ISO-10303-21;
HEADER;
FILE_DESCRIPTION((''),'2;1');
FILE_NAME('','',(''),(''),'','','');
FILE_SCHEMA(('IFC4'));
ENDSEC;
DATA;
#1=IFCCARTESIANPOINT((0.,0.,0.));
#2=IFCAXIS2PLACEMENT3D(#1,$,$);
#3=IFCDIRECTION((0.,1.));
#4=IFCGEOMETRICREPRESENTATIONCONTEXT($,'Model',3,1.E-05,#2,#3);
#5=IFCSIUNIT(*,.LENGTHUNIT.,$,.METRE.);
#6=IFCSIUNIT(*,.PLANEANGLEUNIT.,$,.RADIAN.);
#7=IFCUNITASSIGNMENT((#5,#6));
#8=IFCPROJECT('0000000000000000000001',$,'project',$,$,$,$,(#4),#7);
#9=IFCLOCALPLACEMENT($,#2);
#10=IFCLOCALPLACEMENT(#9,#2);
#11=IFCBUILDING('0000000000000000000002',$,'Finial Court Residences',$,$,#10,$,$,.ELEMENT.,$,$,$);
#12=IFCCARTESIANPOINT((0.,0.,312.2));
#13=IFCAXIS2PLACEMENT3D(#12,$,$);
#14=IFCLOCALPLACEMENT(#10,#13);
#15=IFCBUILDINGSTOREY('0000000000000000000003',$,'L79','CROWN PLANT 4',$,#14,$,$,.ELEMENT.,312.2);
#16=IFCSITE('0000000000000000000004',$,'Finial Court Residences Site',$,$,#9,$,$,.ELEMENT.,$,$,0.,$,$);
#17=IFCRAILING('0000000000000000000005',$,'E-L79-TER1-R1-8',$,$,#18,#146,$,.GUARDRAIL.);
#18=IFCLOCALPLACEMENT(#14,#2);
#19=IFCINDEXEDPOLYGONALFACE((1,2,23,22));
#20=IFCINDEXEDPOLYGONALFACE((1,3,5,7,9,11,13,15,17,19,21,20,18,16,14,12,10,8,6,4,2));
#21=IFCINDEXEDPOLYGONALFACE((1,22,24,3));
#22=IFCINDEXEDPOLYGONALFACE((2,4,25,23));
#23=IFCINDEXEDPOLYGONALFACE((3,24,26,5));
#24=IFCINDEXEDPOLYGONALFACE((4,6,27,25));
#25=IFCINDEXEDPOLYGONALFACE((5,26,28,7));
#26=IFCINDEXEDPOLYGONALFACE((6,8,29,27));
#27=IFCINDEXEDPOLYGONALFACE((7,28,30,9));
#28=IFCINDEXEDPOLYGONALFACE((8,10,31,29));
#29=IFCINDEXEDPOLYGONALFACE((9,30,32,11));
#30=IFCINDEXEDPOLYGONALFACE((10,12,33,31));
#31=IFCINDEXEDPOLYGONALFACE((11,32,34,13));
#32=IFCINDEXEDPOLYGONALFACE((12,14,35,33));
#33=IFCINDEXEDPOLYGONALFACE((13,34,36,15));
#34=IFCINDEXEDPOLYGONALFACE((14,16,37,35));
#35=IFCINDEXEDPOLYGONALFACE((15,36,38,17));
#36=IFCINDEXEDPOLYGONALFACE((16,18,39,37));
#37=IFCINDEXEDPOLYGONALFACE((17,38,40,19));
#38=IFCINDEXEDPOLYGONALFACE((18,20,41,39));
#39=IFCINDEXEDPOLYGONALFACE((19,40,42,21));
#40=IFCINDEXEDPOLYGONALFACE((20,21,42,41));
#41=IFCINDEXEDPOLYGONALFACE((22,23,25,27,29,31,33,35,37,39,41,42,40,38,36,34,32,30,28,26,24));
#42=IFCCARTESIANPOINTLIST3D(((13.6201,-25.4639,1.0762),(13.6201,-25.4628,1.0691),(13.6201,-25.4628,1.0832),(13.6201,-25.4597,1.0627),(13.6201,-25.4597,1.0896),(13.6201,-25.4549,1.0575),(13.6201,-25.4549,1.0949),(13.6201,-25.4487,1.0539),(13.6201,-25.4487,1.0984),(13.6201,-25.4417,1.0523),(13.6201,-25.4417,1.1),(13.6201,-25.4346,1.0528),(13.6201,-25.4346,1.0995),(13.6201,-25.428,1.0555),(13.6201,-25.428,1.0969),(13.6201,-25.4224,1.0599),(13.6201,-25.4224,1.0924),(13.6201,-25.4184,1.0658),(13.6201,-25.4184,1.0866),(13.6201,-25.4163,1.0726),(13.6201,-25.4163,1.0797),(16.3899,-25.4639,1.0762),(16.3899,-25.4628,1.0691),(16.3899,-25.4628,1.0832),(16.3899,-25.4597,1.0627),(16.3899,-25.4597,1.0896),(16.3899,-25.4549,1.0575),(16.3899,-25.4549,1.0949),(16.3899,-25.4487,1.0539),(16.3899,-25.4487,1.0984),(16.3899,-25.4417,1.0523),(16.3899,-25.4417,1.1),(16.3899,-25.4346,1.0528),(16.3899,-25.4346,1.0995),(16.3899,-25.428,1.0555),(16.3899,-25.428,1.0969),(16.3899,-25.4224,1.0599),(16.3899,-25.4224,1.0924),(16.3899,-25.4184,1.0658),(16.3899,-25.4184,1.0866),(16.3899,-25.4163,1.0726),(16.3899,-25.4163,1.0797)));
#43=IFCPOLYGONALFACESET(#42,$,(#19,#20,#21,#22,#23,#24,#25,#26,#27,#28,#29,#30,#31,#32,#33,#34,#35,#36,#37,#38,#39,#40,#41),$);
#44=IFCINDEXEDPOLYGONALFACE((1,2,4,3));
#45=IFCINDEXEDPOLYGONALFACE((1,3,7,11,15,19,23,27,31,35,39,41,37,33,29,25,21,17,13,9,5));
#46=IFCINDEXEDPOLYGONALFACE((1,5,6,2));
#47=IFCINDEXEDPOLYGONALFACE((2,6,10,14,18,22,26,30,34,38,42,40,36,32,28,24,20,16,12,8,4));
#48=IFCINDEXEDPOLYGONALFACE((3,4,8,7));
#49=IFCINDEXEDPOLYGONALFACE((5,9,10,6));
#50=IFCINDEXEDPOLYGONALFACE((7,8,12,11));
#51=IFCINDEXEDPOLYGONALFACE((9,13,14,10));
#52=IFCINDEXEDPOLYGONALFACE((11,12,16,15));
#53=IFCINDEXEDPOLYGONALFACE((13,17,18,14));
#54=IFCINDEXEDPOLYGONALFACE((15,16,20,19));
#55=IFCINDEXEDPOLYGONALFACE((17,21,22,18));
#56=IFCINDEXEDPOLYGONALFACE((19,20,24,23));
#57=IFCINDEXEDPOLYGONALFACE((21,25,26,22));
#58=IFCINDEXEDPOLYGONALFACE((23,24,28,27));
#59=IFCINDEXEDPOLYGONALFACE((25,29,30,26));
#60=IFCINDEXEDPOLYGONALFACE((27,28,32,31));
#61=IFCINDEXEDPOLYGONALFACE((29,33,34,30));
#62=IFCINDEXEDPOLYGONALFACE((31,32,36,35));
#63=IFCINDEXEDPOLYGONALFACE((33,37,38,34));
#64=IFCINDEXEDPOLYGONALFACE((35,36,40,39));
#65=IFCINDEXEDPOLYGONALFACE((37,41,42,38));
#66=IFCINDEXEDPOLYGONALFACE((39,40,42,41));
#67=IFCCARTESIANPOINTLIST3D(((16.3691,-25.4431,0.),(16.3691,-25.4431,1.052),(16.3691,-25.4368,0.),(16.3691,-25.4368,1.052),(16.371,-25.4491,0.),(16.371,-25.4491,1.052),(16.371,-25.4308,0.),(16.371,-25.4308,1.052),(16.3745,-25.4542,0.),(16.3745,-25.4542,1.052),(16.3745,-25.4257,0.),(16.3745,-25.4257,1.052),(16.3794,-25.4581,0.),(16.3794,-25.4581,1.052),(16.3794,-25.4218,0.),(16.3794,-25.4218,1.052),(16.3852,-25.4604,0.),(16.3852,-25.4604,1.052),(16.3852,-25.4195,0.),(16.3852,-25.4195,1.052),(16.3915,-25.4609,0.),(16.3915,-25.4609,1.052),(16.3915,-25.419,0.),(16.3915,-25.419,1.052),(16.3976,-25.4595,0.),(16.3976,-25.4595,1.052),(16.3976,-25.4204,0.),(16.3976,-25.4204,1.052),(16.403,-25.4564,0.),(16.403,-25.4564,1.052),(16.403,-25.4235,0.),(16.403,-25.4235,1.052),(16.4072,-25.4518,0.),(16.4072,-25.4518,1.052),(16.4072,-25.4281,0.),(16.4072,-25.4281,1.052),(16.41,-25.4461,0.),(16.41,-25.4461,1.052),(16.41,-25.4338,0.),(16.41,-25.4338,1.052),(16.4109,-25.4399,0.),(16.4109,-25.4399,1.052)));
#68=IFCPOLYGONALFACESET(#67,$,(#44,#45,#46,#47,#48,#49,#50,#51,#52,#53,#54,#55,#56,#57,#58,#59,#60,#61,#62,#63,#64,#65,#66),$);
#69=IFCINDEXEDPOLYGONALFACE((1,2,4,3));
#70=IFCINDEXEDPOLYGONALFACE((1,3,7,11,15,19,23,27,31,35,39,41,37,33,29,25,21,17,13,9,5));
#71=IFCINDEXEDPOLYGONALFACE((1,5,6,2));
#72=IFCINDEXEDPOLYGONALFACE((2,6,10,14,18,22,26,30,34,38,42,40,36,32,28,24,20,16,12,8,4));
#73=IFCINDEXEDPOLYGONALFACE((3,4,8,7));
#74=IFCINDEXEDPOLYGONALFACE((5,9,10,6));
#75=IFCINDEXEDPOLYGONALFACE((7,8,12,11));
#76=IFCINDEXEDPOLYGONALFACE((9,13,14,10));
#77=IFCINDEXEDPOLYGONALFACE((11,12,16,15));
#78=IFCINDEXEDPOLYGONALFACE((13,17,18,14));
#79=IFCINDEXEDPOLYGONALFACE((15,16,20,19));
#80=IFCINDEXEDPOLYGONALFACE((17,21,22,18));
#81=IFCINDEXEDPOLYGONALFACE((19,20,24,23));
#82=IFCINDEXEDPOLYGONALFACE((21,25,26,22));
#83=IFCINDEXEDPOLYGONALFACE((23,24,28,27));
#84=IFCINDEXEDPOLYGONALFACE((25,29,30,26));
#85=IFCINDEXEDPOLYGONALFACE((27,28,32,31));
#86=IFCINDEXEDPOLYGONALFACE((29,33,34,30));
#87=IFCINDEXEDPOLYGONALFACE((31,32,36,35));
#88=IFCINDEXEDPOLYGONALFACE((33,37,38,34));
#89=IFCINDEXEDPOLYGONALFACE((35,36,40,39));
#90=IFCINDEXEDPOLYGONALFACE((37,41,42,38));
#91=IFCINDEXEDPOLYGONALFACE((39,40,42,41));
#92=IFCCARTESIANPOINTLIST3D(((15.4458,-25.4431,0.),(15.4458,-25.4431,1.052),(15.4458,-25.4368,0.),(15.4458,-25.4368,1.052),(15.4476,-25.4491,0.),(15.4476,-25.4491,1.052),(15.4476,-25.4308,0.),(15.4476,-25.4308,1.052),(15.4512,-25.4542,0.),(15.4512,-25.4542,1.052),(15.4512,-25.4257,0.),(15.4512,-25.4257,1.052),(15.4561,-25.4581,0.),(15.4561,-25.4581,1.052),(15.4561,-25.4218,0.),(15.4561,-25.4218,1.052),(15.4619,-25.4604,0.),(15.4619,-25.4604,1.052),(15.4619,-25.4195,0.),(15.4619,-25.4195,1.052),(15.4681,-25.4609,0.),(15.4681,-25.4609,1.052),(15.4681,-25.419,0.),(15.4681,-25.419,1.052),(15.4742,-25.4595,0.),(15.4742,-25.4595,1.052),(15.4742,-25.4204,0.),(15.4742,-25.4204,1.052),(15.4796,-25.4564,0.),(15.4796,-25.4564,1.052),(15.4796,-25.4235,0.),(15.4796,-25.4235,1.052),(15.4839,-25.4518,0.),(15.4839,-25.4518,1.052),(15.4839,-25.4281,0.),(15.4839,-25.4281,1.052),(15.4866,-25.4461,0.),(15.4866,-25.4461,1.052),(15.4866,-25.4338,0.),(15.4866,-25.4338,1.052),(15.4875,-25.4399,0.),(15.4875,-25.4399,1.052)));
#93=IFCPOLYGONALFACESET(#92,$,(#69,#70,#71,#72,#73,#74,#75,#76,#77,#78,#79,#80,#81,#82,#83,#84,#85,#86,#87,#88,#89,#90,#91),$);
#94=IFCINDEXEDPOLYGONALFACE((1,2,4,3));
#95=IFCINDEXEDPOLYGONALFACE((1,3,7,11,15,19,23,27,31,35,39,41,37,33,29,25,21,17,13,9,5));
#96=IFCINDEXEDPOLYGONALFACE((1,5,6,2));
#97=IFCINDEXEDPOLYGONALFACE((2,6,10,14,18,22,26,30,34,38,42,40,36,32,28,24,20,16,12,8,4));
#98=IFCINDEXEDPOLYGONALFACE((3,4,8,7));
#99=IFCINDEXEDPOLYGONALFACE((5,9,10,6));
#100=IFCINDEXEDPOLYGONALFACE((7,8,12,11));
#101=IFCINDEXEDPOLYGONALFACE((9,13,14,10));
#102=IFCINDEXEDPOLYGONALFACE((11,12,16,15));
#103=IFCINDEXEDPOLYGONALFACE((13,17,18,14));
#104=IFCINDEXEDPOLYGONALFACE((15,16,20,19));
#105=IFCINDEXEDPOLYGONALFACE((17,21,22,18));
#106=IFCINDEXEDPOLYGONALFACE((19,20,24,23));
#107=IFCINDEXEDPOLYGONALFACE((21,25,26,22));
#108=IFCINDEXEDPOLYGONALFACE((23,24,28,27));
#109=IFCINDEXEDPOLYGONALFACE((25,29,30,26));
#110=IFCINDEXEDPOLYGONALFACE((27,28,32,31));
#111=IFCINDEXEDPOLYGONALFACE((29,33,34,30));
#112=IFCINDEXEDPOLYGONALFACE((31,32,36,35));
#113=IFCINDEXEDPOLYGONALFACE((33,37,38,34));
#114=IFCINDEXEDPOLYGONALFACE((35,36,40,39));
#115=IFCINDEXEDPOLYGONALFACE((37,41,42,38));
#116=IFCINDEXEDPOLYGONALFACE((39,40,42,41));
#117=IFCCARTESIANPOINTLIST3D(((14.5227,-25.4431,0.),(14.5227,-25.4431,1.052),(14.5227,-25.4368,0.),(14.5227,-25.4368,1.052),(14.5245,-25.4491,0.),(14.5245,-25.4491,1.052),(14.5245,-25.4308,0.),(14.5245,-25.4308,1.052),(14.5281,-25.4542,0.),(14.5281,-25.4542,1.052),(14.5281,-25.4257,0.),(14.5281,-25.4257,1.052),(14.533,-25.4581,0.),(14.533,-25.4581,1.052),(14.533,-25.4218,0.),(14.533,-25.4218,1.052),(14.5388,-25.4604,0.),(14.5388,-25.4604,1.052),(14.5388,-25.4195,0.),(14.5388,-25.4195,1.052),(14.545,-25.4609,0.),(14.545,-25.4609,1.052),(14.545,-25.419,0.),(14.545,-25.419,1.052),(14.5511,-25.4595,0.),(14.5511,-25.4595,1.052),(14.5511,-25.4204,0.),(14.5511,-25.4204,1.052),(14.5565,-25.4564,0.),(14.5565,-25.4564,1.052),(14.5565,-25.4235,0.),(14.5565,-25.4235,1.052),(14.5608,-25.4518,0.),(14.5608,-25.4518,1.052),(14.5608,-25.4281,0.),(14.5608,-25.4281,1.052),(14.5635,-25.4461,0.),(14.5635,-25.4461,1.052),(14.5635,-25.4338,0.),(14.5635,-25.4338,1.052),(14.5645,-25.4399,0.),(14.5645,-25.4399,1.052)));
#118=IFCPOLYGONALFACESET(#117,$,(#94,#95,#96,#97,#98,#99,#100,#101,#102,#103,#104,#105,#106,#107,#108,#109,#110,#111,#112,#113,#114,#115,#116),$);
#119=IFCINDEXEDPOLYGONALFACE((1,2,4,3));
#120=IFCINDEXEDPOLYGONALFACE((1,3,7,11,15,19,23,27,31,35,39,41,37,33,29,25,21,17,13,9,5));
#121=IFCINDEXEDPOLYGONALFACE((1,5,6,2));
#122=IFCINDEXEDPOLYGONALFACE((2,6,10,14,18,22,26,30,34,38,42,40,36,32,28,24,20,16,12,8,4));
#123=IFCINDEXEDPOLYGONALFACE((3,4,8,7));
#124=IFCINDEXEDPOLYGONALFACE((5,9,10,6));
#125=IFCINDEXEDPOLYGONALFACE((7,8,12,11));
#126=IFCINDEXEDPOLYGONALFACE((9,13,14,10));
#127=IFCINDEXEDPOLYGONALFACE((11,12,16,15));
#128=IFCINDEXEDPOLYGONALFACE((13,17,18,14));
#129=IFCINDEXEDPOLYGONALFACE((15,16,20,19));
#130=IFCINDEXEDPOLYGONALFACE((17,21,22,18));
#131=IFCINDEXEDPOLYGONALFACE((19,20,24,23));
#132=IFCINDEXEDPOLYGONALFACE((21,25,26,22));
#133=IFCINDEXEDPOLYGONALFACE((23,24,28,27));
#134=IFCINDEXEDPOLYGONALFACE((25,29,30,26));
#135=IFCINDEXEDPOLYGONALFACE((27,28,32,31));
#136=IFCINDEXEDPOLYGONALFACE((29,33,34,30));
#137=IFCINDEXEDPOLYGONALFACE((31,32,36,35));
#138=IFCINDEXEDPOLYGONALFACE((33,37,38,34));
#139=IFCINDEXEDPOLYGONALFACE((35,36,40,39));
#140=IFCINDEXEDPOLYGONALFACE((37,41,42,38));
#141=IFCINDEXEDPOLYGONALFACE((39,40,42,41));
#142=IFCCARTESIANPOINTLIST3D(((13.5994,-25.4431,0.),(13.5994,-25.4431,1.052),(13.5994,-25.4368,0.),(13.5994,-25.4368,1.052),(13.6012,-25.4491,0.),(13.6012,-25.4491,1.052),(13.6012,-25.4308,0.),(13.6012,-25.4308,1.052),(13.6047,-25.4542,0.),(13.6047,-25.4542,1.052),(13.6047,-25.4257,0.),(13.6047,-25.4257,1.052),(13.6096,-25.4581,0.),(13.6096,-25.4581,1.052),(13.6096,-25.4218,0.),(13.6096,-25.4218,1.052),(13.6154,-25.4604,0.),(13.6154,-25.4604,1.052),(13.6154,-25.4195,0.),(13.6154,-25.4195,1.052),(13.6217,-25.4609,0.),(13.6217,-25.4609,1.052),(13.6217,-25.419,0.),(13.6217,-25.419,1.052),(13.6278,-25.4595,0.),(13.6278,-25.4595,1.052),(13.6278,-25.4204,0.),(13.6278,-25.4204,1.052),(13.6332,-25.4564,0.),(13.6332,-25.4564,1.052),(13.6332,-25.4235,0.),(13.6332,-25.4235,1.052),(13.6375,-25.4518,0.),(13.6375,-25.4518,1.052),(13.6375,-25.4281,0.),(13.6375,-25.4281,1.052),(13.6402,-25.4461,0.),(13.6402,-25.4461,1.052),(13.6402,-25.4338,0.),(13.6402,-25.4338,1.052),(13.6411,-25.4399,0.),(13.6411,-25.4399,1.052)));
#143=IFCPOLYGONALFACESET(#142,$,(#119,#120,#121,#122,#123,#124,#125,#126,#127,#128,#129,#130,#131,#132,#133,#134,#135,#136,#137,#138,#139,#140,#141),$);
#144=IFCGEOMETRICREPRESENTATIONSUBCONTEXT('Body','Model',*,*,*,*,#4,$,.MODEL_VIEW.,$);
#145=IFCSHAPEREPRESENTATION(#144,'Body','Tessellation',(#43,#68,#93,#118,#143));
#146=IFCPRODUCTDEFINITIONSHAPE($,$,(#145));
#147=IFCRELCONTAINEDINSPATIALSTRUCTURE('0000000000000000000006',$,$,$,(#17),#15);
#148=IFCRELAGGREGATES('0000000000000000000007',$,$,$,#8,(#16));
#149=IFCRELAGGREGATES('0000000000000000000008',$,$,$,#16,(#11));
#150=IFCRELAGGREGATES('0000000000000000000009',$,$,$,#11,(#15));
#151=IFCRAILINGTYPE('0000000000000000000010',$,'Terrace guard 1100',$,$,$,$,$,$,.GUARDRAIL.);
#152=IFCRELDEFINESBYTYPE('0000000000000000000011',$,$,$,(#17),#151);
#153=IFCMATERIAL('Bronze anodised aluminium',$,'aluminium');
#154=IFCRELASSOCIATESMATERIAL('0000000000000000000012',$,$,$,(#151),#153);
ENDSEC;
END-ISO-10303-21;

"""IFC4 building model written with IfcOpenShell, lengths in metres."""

from ifc_helpers import new_model, si_unit, direction, frame, origin, origin_2d, place, context, subcontext, project, spatial, circle, extrude, material, type_object, element, save


model = new_model("IFC4")

# Units and contexts
model_context = context("Model", 3, precision=1e-05, world=origin(), true_north=direction((0.0, 1.0)))
body_context = subcontext(model_context, "Body", "Model", "MODEL_VIEW")
ifc_project = project(units=[si_unit("LENGTHUNIT", "METRE"), si_unit("PLANEANGLEUNIT", "RADIAN")], contexts=[model_context])

# Site, building, storey
site_placement = place(None, origin())
site = spatial("IfcSite", under=ifc_project, at=site_placement, Name="Finial Court Residences Site", CompositionType="ELEMENT", RefElevation=0.0)
building_placement = place(site_placement, origin())
building = spatial("IfcBuilding", under=site, at=building_placement, Name="Finial Court Residences", CompositionType="ELEMENT")
storey_placement = place(building_placement, frame((0.0, 0.0, 312.2)))
storey = spatial("IfcBuildingStorey", under=building, at=storey_placement, Name="L79", Description="CROWN PLANT 4", CompositionType="ELEMENT", Elevation=312.2)

# Shared definitions
ifc_material_1 = material(Name="Bronze anodised aluminium", Category="aluminium")

# Railing
railing_type_1 = type_object("IfcRailingType", Name="Terrace guard 1100", PredefinedType="GUARDRAIL", material=ifc_material_1)
railing_1_placement = place(storey_placement, frame((16.3899, -25.4399, 0.0)))
element("IfcRailing", 1, at=railing_1_placement, inside=storey, type_object=railing_type_1, Name="E-L79-TER1-R1-8", PredefinedType="GUARDRAIL", context=body_context, shape_type="SweptSolid", body=[
    extrude(circle(Radius=0.0239, at=origin_2d()), frame((0.0, 0.0, 1.0762), z_axis=(-1.0, 0.0, 0.0), x_axis=(0.0, -1.0, 0.0)), (0.0, 0.0, 1.0), 2.7698),
    extrude(circle(Radius=0.021, at=origin_2d()), origin(), (0.0, 0.0, 1.0), 1.052),
    extrude(circle(Radius=0.021, at=origin_2d()), frame((-0.9233, 0.0, 0.0)), (0.0, 0.0, 1.0), 1.052),
    extrude(circle(Radius=0.021, at=origin_2d()), frame((-1.8464, 0.0, 0.0)), (0.0, 0.0, 1.0), 1.052),
    extrude(circle(Radius=0.021, at=origin_2d()), frame((-2.7698, 0.0, 0.0)), (0.0, 0.0, 1.0), 1.052),
])

save(model, "model.ifc")
